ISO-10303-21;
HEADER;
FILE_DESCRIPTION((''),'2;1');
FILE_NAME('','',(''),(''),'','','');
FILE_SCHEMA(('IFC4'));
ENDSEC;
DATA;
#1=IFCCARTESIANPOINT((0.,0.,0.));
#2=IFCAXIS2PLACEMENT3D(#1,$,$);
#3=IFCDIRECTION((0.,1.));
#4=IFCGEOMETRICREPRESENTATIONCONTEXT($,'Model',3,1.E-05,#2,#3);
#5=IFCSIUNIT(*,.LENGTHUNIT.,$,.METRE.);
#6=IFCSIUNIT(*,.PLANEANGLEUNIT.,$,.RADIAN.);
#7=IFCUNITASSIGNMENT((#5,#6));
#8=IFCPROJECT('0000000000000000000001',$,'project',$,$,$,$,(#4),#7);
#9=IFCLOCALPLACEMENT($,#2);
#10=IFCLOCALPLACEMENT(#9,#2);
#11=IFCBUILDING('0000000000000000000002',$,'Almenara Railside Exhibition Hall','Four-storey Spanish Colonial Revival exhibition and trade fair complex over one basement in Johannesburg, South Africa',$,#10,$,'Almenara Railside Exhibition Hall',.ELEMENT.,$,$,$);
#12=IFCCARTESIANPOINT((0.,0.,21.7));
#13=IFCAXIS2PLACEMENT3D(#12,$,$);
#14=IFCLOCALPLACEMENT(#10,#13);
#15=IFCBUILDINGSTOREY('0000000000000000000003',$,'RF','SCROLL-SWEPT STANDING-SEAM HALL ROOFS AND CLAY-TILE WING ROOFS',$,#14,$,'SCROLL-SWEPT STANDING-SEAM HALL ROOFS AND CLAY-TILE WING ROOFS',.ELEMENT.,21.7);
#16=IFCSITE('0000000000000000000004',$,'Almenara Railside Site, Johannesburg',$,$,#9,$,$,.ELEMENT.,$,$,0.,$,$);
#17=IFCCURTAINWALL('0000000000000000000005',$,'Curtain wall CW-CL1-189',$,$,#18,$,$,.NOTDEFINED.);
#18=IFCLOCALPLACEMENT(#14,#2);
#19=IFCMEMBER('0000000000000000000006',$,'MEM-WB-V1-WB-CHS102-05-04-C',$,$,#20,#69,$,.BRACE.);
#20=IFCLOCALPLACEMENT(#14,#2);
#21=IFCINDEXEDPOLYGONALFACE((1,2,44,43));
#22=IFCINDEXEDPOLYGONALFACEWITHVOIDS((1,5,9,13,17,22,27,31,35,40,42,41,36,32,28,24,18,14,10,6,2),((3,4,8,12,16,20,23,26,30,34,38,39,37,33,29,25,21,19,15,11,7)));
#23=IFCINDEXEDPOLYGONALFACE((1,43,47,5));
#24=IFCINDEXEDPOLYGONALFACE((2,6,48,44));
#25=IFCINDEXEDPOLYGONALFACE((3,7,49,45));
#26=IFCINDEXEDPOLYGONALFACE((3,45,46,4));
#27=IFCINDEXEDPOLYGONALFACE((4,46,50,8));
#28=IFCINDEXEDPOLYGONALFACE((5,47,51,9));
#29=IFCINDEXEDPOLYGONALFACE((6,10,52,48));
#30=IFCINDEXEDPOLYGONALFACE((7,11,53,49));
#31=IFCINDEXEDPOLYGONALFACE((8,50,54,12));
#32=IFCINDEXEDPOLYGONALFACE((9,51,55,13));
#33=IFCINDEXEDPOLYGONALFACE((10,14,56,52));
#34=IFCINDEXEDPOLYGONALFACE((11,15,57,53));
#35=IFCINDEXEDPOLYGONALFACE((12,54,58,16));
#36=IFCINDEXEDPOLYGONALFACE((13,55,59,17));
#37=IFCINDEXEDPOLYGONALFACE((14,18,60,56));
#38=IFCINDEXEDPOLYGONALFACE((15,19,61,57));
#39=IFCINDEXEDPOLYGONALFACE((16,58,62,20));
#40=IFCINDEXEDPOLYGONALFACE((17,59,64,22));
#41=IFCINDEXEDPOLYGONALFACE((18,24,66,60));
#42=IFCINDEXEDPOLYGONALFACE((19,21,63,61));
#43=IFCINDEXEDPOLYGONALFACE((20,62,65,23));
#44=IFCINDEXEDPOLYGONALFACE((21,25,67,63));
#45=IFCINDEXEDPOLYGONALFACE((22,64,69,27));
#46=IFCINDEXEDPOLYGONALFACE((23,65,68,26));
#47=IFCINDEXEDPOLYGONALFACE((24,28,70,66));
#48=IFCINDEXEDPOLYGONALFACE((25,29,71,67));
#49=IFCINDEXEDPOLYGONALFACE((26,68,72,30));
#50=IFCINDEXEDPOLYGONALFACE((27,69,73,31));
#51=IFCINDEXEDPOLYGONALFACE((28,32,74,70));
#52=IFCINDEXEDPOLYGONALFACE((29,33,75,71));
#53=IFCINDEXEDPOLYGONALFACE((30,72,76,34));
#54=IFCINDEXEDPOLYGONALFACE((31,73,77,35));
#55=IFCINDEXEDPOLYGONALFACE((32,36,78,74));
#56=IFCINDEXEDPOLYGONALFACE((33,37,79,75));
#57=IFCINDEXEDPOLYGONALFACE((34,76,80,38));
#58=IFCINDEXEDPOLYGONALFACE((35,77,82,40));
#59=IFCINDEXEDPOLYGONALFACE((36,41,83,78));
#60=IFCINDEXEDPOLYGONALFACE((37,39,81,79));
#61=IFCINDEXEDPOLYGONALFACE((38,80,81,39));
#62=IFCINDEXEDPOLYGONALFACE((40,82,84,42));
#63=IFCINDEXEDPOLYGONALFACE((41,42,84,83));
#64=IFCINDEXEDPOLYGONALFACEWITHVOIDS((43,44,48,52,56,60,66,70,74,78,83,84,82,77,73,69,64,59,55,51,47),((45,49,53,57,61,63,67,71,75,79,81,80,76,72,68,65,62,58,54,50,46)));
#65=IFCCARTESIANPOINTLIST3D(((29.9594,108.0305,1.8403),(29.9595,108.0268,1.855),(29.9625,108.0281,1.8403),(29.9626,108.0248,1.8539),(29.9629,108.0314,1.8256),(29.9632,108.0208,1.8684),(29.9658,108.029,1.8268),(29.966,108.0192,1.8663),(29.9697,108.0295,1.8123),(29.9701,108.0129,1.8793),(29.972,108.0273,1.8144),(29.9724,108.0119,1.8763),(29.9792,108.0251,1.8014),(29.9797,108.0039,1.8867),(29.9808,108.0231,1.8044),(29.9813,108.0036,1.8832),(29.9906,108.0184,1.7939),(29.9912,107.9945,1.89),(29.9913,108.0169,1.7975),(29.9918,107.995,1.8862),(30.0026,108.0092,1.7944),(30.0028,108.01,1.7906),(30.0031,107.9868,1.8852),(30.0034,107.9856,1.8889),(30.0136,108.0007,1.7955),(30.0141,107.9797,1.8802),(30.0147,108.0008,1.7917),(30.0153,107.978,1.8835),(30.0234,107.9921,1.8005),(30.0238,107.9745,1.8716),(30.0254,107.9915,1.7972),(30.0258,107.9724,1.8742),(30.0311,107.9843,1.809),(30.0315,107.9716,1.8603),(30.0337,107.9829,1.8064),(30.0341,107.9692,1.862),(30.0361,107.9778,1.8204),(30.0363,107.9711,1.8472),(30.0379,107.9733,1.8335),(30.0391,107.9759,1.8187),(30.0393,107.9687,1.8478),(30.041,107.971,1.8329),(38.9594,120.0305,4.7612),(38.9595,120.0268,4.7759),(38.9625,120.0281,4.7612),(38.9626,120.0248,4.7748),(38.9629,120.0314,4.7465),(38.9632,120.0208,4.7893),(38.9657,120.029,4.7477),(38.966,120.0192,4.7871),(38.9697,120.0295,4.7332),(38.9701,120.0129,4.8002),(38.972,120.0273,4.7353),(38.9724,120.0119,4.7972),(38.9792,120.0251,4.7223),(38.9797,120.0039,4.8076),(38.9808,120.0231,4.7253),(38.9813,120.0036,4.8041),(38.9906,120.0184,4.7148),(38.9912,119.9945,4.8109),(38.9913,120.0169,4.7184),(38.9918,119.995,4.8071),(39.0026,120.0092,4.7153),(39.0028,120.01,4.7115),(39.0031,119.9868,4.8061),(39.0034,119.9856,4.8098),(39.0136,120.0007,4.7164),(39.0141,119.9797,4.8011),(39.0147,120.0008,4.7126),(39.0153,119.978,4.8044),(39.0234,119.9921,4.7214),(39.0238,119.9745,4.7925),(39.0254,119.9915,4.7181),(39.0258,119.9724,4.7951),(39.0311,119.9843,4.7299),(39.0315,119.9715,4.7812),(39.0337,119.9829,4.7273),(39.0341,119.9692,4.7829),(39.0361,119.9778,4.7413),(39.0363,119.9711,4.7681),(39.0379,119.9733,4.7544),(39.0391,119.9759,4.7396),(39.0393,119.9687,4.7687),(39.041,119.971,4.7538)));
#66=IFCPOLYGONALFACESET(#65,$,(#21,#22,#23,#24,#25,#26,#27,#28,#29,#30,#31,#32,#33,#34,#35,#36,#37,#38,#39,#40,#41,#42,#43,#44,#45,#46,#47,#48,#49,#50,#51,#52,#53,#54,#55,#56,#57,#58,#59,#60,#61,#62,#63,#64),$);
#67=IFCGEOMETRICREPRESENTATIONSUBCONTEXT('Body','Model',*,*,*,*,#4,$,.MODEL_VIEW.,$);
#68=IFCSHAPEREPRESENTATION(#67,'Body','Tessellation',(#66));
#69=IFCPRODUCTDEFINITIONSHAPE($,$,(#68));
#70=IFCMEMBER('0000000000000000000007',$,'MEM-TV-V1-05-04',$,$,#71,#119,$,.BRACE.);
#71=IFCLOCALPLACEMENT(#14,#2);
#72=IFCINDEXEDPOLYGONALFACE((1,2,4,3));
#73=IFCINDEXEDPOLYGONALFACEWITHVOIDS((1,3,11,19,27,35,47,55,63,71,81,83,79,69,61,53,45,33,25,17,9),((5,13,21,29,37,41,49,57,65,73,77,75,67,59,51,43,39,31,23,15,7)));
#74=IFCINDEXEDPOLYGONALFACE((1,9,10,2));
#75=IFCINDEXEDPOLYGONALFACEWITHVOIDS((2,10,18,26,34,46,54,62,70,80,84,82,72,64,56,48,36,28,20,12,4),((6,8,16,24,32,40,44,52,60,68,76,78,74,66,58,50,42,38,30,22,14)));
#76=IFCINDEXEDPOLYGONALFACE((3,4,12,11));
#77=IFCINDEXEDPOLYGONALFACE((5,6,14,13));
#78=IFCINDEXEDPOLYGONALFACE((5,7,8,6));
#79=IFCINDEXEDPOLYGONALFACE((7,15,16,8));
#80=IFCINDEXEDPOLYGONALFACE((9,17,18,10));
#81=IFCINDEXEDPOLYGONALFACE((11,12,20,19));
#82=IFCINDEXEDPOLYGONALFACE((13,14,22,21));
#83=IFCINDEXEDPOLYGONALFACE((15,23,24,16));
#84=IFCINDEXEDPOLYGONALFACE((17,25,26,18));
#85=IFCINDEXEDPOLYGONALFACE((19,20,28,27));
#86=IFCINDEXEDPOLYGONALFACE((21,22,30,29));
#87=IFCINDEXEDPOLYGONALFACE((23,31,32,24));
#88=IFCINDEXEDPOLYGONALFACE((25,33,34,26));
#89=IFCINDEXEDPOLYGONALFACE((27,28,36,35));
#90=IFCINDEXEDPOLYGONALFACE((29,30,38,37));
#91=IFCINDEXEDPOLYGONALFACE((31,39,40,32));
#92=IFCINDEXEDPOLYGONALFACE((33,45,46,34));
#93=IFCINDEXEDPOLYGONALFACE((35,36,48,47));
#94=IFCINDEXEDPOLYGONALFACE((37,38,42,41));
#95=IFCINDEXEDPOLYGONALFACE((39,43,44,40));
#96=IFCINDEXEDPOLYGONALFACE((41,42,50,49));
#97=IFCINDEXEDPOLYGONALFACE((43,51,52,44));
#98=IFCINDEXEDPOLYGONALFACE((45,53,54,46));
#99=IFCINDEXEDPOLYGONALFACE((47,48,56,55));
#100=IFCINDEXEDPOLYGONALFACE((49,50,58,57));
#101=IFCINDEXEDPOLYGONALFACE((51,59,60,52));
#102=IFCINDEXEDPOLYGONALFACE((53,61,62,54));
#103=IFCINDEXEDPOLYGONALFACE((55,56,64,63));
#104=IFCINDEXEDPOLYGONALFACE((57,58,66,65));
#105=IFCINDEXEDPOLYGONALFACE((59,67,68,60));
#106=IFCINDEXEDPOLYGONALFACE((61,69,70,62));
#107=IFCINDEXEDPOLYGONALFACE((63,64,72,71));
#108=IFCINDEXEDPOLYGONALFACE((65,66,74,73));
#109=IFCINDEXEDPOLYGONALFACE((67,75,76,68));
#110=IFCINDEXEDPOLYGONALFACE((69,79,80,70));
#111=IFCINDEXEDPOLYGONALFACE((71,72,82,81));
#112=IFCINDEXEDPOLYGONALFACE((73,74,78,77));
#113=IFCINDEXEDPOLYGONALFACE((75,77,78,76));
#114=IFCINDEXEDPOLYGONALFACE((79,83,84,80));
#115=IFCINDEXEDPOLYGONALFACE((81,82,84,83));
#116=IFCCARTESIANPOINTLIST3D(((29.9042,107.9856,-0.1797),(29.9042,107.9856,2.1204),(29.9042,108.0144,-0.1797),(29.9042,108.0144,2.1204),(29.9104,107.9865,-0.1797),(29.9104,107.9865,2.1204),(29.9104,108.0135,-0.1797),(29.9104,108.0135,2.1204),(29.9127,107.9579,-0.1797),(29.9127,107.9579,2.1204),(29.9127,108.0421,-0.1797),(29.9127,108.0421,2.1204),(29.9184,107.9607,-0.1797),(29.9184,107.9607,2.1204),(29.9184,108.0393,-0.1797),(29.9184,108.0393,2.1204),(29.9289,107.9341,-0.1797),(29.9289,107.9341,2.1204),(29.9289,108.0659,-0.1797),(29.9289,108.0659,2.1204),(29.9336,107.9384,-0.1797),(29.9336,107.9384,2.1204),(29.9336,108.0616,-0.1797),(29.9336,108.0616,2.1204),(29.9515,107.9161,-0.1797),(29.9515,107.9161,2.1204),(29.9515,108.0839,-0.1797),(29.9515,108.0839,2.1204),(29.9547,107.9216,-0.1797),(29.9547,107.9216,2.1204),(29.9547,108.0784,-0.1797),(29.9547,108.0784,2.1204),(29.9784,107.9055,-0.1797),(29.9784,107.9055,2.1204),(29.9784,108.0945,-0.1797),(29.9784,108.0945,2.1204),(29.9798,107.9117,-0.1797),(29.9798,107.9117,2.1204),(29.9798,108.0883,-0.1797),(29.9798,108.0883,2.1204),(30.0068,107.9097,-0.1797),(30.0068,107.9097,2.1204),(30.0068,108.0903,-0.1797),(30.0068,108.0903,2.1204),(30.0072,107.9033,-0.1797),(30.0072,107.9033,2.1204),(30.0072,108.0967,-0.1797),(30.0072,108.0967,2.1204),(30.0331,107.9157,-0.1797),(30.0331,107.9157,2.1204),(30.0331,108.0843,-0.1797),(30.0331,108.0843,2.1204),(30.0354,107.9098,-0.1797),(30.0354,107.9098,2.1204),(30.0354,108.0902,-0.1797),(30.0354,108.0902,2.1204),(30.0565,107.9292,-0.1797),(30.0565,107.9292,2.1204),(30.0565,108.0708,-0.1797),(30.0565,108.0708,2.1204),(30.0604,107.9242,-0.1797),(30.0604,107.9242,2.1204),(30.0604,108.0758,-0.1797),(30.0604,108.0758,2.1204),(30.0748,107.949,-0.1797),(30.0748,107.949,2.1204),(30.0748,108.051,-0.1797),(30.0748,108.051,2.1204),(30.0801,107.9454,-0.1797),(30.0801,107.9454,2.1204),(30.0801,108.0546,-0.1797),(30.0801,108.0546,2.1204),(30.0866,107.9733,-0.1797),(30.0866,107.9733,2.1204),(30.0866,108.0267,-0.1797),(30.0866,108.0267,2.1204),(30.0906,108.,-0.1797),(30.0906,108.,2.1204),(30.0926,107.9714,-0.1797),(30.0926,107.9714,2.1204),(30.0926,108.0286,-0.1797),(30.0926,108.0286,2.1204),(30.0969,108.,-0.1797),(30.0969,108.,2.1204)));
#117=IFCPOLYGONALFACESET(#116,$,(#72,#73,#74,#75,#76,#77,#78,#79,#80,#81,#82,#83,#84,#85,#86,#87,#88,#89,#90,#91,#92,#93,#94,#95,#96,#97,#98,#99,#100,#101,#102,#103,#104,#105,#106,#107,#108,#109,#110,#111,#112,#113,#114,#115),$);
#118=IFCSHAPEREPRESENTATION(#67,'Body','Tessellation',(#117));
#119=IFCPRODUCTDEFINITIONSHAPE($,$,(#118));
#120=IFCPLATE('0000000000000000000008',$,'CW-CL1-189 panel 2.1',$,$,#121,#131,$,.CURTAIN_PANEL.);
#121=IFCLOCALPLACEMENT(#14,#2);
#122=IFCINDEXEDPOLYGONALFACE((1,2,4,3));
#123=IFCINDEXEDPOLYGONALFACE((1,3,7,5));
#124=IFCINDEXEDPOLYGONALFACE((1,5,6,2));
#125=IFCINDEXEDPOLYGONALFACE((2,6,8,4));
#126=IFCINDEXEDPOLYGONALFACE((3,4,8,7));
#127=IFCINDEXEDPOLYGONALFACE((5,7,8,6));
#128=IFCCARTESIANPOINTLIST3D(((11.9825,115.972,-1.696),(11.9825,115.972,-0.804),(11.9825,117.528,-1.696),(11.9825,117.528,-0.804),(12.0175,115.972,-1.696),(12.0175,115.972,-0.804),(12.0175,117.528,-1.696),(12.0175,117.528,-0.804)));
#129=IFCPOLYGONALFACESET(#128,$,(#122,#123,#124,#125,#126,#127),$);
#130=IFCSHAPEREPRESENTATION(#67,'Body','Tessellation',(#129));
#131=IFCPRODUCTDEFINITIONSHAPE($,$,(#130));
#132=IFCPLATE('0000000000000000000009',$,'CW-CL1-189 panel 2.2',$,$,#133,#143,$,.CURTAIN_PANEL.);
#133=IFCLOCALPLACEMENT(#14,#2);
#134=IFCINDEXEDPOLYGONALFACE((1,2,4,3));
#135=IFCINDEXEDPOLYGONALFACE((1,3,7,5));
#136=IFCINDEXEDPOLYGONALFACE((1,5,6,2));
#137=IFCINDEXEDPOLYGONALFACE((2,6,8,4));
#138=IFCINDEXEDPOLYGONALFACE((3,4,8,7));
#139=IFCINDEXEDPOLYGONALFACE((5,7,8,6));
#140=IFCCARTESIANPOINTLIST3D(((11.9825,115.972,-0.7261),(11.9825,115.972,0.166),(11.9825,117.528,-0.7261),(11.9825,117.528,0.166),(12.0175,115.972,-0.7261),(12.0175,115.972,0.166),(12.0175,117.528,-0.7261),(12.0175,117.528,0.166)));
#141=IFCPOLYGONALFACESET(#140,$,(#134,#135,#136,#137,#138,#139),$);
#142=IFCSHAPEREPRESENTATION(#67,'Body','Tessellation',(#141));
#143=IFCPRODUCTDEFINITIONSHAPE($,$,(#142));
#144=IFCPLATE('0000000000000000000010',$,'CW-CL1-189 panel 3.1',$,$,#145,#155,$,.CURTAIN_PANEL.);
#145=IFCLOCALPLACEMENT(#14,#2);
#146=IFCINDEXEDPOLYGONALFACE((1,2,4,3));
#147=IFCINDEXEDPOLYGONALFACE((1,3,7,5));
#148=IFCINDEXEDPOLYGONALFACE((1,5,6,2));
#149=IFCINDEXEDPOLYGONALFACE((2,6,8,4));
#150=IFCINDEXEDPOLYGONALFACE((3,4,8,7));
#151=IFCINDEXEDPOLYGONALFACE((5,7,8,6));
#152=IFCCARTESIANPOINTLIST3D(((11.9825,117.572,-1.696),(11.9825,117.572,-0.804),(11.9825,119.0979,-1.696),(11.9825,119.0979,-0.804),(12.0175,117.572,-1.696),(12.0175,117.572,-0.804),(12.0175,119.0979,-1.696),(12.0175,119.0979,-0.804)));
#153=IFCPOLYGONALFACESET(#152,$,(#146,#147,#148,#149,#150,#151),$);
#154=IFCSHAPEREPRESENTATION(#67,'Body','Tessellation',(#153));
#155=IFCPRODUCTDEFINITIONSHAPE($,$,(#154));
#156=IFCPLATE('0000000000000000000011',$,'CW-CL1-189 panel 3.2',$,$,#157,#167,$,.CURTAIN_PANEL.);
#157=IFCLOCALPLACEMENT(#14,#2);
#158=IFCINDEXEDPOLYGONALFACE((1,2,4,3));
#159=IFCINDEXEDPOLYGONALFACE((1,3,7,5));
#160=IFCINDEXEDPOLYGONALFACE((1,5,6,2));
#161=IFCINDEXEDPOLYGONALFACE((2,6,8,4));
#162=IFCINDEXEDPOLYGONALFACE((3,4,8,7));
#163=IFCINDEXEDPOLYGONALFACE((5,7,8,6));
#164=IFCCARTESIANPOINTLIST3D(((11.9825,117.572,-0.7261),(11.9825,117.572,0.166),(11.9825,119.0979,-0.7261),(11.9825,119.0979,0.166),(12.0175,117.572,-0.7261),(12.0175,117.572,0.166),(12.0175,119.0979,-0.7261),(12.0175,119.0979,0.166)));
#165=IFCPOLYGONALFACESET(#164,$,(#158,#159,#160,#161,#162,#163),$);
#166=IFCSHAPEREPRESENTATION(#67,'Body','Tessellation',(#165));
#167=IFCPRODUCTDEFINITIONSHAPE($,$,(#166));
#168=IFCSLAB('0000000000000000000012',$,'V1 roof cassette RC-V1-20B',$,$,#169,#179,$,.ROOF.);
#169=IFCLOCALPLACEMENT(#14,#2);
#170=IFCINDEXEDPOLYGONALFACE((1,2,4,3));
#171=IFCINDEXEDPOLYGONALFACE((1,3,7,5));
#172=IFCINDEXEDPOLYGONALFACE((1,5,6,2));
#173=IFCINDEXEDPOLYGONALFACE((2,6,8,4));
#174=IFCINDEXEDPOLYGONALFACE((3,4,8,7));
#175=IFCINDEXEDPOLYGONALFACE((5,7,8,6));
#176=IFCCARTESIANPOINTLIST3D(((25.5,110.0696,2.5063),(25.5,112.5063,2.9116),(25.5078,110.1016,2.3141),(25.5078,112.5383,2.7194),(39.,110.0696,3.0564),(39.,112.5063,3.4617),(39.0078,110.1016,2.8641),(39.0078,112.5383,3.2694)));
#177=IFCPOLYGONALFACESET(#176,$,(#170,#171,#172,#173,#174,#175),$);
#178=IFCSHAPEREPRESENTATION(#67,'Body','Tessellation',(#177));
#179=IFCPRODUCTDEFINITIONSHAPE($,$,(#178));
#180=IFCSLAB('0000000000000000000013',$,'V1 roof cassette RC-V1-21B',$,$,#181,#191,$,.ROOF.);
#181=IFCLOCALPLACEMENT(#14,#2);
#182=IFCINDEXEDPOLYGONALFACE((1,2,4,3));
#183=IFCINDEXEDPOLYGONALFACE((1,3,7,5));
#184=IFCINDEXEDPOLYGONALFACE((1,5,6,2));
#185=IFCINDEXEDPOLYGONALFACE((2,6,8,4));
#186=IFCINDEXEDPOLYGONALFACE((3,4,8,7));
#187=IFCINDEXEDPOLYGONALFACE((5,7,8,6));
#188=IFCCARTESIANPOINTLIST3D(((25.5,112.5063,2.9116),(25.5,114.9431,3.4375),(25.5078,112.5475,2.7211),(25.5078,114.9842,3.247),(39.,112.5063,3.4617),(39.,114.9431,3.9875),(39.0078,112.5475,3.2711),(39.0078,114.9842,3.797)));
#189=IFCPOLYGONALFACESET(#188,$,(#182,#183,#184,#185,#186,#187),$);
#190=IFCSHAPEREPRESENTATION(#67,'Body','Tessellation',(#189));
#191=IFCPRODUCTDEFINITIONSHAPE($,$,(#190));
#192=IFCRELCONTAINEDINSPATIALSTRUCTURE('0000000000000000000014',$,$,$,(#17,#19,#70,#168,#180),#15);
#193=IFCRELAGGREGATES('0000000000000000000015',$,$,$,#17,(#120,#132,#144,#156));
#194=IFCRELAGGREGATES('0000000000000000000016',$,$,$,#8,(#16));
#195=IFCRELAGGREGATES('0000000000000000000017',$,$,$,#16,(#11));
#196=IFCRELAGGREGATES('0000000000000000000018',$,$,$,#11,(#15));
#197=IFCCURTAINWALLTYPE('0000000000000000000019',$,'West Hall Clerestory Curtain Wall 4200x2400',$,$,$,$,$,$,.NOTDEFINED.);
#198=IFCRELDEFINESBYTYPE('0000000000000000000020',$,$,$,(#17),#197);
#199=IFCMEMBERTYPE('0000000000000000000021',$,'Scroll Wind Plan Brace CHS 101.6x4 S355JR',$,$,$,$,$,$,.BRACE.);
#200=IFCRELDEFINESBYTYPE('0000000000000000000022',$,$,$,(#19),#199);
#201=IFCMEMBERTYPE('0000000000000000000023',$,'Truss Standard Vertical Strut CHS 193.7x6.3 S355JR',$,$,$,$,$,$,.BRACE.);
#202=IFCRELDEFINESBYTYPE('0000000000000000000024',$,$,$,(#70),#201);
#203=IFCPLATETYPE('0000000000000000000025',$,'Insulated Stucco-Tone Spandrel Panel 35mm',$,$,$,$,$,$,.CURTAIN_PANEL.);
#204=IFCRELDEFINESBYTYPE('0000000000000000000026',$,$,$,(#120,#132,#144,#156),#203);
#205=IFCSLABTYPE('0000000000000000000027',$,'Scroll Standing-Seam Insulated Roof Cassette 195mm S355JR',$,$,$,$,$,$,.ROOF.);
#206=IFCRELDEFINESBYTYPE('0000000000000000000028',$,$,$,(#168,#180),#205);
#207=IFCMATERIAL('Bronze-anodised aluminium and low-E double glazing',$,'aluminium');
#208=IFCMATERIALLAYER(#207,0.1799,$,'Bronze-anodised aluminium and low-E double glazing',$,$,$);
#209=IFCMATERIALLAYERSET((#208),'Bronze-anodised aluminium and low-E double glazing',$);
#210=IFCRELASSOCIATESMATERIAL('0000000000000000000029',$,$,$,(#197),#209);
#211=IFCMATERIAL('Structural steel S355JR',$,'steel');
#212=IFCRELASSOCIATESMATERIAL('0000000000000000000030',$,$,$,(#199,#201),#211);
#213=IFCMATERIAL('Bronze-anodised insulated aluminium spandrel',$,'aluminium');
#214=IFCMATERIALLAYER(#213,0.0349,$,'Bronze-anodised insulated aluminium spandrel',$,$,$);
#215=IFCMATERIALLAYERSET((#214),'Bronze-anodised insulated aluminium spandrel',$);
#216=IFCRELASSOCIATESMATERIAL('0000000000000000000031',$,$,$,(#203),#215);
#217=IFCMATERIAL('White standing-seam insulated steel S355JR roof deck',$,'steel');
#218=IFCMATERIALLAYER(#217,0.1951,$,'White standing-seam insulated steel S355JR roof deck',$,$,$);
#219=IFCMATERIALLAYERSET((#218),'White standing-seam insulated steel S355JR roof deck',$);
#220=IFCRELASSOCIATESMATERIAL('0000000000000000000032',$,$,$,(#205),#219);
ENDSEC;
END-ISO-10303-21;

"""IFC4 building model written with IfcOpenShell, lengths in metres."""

from ifc_helpers import new_model, si_unit, direction, frame, origin, origin_2d, place, context, subcontext, project, spatial, polyline, rectangle, hollow_circle, outline, extrude, material, layer, layer_set, material_profile, profile_set, type_object, element, aggregate, save


model = new_model("IFC4")

# Units and contexts
model_context = context("Model", 3, precision=1e-05, world=origin(), true_north=direction((0.0, 1.0)))
body_context = subcontext(model_context, "Body", "Model", "MODEL_VIEW")
ifc_project = project(units=[si_unit("LENGTHUNIT", "METRE"), si_unit("PLANEANGLEUNIT", "RADIAN")], contexts=[model_context])

# Site, building, storey
site_placement = place(None, origin())
site = spatial("IfcSite", under=ifc_project, at=site_placement, Name="Almenara Railside Site, Johannesburg", CompositionType="ELEMENT", RefElevation=0.0)
building_placement = place(site_placement, origin())
building = spatial("IfcBuilding", under=site, at=building_placement, Name="Almenara Railside Exhibition Hall", Description="Four-storey Spanish Colonial Revival exhibition and trade fair complex over one basement in Johannesburg, South Africa", LongName="Almenara Railside Exhibition Hall", CompositionType="ELEMENT")
storey_placement = place(building_placement, frame((0.0, 0.0, 21.7)))
storey = spatial("IfcBuildingStorey", under=building, at=storey_placement, Name="RF", Description="SCROLL-SWEPT STANDING-SEAM HALL ROOFS AND CLAY-TILE WING ROOFS", LongName="SCROLL-SWEPT STANDING-SEAM HALL ROOFS AND CLAY-TILE WING ROOFS", CompositionType="ELEMENT", Elevation=21.7)

# Curtain wall
ifc_material_1 = material(Name="Bronze-anodised aluminium and low-E double glazing", Category="aluminium")
ifc_layer_1 = layer(ifc_material_1, 0.1799, Name="Bronze-anodised aluminium and low-E double glazing")
ifc_layer_set_1 = layer_set([ifc_layer_1], Name="Bronze-anodised aluminium and low-E double glazing")
curtain_wall_type = type_object("IfcCurtainWallType", Name="West Hall Clerestory Curtain Wall 4200x2400", PredefinedType="NOTDEFINED", material=ifc_layer_set_1)
curtain_wall_placement = place(storey_placement, origin())
curtain_wall = element("IfcCurtainWall", 1, at=curtain_wall_placement, inside=storey, type_object=curtain_wall_type, Name="Curtain wall CW-CL1-189", PredefinedType="NOTDEFINED")

# Members
ifc_material_2 = material(Name="Structural steel S355JR", Category="steel")
ifc_material_profile_1 = material_profile(ifc_material_2, hollow_circle(Radius=0.0508, WallThickness=0.0039, at=origin_2d()), Name="CHS 101.6x4")
ifc_profile_set_1 = profile_set([ifc_material_profile_1], Name="Structural steel S355JR")
member_type_1 = type_object("IfcMemberType", Name="Scroll Wind Plan Brace CHS 101.6x4 S355JR", PredefinedType="BRACE", material=ifc_profile_set_1)
member_1_placement = place(storey_placement, frame((30.0, 108.0, 1.8403), z_axis=(0.588938, 0.785251, 0.191136), x_axis=(-0.8, 0.6, 0.0)))
element("IfcMember", 2, at=member_1_placement, inside=storey, type_object=member_type_1, Name="MEM-WB-V1-WB-CHS102-05-04-C", PredefinedType="BRACE", context=body_context, shape_type="SweptSolid", body=[
    extrude(hollow_circle(Radius=0.0508, WallThickness=0.0039, at=origin_2d()), origin(), (0.0, 0.0, 1.0), 15.2817),
])
ifc_material_profile_2 = material_profile(ifc_material_2, hollow_circle(Radius=0.0969, WallThickness=0.0063, at=origin_2d()), Name="CHS 193.7x6.3")
ifc_profile_set_2 = profile_set([ifc_material_profile_2], Name="Structural steel S355JR")
member_type_2 = type_object("IfcMemberType", Name="Truss Standard Vertical Strut CHS 193.7x6.3 S355JR", PredefinedType="BRACE", material=ifc_profile_set_2)
member_2_placement = place(storey_placement, frame((30.0, 108.0, -0.1797), z_axis=(0.0, 0.0, 1.0), x_axis=(1.0, 0.0, 0.0)))
element("IfcMember", 3, at=member_2_placement, inside=storey, type_object=member_type_2, Name="MEM-TV-V1-05-04", PredefinedType="BRACE", context=body_context, shape_type="SweptSolid", body=[
    extrude(hollow_circle(Radius=0.0969, WallThickness=0.0063, at=origin_2d()), origin(), (0.0, 0.0, 1.0), 2.3),
])

# Plates
ifc_material_3 = material(Name="Bronze-anodised insulated aluminium spandrel", Category="aluminium")
ifc_layer_2 = layer(ifc_material_3, 0.0349, Name="Bronze-anodised insulated aluminium spandrel")
ifc_layer_set_2 = layer_set([ifc_layer_2], Name="Bronze-anodised insulated aluminium spandrel")
plate_type_1 = type_object("IfcPlateType", Name="Insulated Stucco-Tone Spandrel Panel 35mm", PredefinedType="CURTAIN_PANEL", material=ifc_layer_set_2)
plate_1_placement = place(storey_placement, frame((12.0, 116.75, -1.696), z_axis=(0.0, 0.0, 1.0), x_axis=(0.0, 1.0, 0.0)))
plate_1 = element("IfcPlate", 4, at=plate_1_placement, type_object=plate_type_1, Name="CW-CL1-189 panel 2.1", PredefinedType="CURTAIN_PANEL", context=body_context, shape_type="SweptSolid", body=[
    extrude(rectangle(XDim=1.5559, YDim=0.0349, at=origin_2d()), origin(), (0.0, 0.0, 1.0), 0.8921),
])
plate_2_placement = place(storey_placement, frame((12.0, 116.75, -0.7261), z_axis=(0.0, 0.0, 1.0), x_axis=(0.0, 1.0, 0.0)))
plate_2 = element("IfcPlate", 5, at=plate_2_placement, type_object=plate_type_1, Name="CW-CL1-189 panel 2.2", PredefinedType="CURTAIN_PANEL", context=body_context, shape_type="SweptSolid", body=[
    extrude(rectangle(XDim=1.5559, YDim=0.0349, at=origin_2d()), origin(), (0.0, 0.0, 1.0), 0.8921),
])
plate_3_placement = place(storey_placement, frame((12.0, 118.335, -1.696), z_axis=(0.0, 0.0, 1.0), x_axis=(0.0, 1.0, 0.0)))
plate_3 = element("IfcPlate", 6, at=plate_3_placement, type_object=plate_type_1, Name="CW-CL1-189 panel 3.1", PredefinedType="CURTAIN_PANEL", context=body_context, shape_type="SweptSolid", body=[
    extrude(rectangle(XDim=1.5259, YDim=0.0349, at=origin_2d()), origin(), (0.0, 0.0, 1.0), 0.8921),
])
plate_4_placement = place(storey_placement, frame((12.0, 118.335, -0.7261), z_axis=(0.0, 0.0, 1.0), x_axis=(0.0, 1.0, 0.0)))
plate_4 = element("IfcPlate", 7, at=plate_4_placement, type_object=plate_type_1, Name="CW-CL1-189 panel 3.2", PredefinedType="CURTAIN_PANEL", context=body_context, shape_type="SweptSolid", body=[
    extrude(rectangle(XDim=1.5259, YDim=0.0349, at=origin_2d()), origin(), (0.0, 0.0, 1.0), 0.8921),
])
aggregate(curtain_wall, [plate_1, plate_2, plate_3, plate_4])

# Slabs
ifc_material_4 = material(Name="White standing-seam insulated steel S355JR roof deck", Category="steel")
ifc_layer_3 = layer(ifc_material_4, 0.1951, Name="White standing-seam insulated steel S355JR roof deck")
ifc_layer_set_3 = layer_set([ifc_layer_3], Name="White standing-seam insulated steel S355JR roof deck")
slab_type = type_object("IfcSlabType", Name="Scroll Standing-Seam Insulated Roof Cassette 195mm S355JR", PredefinedType="ROOF", material=ifc_layer_set_3)
slab_1_placement = place(storey_placement, frame((25.5, 110.0696, 2.5063), z_axis=(-0.04016, -0.16393, 0.985654), x_axis=(0.999171, 0.0, 0.040711)))
element("IfcSlab", 8, at=slab_1_placement, inside=storey, type_object=slab_type, Name="V1 roof cassette RC-V1-20B", PredefinedType="ROOF", context=body_context, shape_type="SweptSolid", body=[
    extrude(outline(polyline([(0.0, 0.0), (13.5112, 0.0), (13.5277, 2.4702), (0.0165, 2.4702), (0.0, 0.0)])), origin(), (0.0, 0.0, -1.0), 0.1951),
])
slab_2_placement = place(storey_placement, frame((25.5, 112.5063, 2.9116), z_axis=(-0.039796, -0.210786, 0.976722), x_axis=(0.999171, 0.0, 0.040711)))
element("IfcSlab", 9, at=slab_2_placement, inside=storey, type_object=slab_type, Name="V1 roof cassette RC-V1-21B", PredefinedType="ROOF", context=body_context, shape_type="SweptSolid", body=[
    extrude(outline(polyline([(0.0, 0.0), (13.5112, 0.0), (13.5326, 2.4928), (0.0214, 2.4928), (0.0, 0.0)])), origin(), (0.0, 0.0, -1.0), 0.1951),
])

save(model, "model.ifc")
